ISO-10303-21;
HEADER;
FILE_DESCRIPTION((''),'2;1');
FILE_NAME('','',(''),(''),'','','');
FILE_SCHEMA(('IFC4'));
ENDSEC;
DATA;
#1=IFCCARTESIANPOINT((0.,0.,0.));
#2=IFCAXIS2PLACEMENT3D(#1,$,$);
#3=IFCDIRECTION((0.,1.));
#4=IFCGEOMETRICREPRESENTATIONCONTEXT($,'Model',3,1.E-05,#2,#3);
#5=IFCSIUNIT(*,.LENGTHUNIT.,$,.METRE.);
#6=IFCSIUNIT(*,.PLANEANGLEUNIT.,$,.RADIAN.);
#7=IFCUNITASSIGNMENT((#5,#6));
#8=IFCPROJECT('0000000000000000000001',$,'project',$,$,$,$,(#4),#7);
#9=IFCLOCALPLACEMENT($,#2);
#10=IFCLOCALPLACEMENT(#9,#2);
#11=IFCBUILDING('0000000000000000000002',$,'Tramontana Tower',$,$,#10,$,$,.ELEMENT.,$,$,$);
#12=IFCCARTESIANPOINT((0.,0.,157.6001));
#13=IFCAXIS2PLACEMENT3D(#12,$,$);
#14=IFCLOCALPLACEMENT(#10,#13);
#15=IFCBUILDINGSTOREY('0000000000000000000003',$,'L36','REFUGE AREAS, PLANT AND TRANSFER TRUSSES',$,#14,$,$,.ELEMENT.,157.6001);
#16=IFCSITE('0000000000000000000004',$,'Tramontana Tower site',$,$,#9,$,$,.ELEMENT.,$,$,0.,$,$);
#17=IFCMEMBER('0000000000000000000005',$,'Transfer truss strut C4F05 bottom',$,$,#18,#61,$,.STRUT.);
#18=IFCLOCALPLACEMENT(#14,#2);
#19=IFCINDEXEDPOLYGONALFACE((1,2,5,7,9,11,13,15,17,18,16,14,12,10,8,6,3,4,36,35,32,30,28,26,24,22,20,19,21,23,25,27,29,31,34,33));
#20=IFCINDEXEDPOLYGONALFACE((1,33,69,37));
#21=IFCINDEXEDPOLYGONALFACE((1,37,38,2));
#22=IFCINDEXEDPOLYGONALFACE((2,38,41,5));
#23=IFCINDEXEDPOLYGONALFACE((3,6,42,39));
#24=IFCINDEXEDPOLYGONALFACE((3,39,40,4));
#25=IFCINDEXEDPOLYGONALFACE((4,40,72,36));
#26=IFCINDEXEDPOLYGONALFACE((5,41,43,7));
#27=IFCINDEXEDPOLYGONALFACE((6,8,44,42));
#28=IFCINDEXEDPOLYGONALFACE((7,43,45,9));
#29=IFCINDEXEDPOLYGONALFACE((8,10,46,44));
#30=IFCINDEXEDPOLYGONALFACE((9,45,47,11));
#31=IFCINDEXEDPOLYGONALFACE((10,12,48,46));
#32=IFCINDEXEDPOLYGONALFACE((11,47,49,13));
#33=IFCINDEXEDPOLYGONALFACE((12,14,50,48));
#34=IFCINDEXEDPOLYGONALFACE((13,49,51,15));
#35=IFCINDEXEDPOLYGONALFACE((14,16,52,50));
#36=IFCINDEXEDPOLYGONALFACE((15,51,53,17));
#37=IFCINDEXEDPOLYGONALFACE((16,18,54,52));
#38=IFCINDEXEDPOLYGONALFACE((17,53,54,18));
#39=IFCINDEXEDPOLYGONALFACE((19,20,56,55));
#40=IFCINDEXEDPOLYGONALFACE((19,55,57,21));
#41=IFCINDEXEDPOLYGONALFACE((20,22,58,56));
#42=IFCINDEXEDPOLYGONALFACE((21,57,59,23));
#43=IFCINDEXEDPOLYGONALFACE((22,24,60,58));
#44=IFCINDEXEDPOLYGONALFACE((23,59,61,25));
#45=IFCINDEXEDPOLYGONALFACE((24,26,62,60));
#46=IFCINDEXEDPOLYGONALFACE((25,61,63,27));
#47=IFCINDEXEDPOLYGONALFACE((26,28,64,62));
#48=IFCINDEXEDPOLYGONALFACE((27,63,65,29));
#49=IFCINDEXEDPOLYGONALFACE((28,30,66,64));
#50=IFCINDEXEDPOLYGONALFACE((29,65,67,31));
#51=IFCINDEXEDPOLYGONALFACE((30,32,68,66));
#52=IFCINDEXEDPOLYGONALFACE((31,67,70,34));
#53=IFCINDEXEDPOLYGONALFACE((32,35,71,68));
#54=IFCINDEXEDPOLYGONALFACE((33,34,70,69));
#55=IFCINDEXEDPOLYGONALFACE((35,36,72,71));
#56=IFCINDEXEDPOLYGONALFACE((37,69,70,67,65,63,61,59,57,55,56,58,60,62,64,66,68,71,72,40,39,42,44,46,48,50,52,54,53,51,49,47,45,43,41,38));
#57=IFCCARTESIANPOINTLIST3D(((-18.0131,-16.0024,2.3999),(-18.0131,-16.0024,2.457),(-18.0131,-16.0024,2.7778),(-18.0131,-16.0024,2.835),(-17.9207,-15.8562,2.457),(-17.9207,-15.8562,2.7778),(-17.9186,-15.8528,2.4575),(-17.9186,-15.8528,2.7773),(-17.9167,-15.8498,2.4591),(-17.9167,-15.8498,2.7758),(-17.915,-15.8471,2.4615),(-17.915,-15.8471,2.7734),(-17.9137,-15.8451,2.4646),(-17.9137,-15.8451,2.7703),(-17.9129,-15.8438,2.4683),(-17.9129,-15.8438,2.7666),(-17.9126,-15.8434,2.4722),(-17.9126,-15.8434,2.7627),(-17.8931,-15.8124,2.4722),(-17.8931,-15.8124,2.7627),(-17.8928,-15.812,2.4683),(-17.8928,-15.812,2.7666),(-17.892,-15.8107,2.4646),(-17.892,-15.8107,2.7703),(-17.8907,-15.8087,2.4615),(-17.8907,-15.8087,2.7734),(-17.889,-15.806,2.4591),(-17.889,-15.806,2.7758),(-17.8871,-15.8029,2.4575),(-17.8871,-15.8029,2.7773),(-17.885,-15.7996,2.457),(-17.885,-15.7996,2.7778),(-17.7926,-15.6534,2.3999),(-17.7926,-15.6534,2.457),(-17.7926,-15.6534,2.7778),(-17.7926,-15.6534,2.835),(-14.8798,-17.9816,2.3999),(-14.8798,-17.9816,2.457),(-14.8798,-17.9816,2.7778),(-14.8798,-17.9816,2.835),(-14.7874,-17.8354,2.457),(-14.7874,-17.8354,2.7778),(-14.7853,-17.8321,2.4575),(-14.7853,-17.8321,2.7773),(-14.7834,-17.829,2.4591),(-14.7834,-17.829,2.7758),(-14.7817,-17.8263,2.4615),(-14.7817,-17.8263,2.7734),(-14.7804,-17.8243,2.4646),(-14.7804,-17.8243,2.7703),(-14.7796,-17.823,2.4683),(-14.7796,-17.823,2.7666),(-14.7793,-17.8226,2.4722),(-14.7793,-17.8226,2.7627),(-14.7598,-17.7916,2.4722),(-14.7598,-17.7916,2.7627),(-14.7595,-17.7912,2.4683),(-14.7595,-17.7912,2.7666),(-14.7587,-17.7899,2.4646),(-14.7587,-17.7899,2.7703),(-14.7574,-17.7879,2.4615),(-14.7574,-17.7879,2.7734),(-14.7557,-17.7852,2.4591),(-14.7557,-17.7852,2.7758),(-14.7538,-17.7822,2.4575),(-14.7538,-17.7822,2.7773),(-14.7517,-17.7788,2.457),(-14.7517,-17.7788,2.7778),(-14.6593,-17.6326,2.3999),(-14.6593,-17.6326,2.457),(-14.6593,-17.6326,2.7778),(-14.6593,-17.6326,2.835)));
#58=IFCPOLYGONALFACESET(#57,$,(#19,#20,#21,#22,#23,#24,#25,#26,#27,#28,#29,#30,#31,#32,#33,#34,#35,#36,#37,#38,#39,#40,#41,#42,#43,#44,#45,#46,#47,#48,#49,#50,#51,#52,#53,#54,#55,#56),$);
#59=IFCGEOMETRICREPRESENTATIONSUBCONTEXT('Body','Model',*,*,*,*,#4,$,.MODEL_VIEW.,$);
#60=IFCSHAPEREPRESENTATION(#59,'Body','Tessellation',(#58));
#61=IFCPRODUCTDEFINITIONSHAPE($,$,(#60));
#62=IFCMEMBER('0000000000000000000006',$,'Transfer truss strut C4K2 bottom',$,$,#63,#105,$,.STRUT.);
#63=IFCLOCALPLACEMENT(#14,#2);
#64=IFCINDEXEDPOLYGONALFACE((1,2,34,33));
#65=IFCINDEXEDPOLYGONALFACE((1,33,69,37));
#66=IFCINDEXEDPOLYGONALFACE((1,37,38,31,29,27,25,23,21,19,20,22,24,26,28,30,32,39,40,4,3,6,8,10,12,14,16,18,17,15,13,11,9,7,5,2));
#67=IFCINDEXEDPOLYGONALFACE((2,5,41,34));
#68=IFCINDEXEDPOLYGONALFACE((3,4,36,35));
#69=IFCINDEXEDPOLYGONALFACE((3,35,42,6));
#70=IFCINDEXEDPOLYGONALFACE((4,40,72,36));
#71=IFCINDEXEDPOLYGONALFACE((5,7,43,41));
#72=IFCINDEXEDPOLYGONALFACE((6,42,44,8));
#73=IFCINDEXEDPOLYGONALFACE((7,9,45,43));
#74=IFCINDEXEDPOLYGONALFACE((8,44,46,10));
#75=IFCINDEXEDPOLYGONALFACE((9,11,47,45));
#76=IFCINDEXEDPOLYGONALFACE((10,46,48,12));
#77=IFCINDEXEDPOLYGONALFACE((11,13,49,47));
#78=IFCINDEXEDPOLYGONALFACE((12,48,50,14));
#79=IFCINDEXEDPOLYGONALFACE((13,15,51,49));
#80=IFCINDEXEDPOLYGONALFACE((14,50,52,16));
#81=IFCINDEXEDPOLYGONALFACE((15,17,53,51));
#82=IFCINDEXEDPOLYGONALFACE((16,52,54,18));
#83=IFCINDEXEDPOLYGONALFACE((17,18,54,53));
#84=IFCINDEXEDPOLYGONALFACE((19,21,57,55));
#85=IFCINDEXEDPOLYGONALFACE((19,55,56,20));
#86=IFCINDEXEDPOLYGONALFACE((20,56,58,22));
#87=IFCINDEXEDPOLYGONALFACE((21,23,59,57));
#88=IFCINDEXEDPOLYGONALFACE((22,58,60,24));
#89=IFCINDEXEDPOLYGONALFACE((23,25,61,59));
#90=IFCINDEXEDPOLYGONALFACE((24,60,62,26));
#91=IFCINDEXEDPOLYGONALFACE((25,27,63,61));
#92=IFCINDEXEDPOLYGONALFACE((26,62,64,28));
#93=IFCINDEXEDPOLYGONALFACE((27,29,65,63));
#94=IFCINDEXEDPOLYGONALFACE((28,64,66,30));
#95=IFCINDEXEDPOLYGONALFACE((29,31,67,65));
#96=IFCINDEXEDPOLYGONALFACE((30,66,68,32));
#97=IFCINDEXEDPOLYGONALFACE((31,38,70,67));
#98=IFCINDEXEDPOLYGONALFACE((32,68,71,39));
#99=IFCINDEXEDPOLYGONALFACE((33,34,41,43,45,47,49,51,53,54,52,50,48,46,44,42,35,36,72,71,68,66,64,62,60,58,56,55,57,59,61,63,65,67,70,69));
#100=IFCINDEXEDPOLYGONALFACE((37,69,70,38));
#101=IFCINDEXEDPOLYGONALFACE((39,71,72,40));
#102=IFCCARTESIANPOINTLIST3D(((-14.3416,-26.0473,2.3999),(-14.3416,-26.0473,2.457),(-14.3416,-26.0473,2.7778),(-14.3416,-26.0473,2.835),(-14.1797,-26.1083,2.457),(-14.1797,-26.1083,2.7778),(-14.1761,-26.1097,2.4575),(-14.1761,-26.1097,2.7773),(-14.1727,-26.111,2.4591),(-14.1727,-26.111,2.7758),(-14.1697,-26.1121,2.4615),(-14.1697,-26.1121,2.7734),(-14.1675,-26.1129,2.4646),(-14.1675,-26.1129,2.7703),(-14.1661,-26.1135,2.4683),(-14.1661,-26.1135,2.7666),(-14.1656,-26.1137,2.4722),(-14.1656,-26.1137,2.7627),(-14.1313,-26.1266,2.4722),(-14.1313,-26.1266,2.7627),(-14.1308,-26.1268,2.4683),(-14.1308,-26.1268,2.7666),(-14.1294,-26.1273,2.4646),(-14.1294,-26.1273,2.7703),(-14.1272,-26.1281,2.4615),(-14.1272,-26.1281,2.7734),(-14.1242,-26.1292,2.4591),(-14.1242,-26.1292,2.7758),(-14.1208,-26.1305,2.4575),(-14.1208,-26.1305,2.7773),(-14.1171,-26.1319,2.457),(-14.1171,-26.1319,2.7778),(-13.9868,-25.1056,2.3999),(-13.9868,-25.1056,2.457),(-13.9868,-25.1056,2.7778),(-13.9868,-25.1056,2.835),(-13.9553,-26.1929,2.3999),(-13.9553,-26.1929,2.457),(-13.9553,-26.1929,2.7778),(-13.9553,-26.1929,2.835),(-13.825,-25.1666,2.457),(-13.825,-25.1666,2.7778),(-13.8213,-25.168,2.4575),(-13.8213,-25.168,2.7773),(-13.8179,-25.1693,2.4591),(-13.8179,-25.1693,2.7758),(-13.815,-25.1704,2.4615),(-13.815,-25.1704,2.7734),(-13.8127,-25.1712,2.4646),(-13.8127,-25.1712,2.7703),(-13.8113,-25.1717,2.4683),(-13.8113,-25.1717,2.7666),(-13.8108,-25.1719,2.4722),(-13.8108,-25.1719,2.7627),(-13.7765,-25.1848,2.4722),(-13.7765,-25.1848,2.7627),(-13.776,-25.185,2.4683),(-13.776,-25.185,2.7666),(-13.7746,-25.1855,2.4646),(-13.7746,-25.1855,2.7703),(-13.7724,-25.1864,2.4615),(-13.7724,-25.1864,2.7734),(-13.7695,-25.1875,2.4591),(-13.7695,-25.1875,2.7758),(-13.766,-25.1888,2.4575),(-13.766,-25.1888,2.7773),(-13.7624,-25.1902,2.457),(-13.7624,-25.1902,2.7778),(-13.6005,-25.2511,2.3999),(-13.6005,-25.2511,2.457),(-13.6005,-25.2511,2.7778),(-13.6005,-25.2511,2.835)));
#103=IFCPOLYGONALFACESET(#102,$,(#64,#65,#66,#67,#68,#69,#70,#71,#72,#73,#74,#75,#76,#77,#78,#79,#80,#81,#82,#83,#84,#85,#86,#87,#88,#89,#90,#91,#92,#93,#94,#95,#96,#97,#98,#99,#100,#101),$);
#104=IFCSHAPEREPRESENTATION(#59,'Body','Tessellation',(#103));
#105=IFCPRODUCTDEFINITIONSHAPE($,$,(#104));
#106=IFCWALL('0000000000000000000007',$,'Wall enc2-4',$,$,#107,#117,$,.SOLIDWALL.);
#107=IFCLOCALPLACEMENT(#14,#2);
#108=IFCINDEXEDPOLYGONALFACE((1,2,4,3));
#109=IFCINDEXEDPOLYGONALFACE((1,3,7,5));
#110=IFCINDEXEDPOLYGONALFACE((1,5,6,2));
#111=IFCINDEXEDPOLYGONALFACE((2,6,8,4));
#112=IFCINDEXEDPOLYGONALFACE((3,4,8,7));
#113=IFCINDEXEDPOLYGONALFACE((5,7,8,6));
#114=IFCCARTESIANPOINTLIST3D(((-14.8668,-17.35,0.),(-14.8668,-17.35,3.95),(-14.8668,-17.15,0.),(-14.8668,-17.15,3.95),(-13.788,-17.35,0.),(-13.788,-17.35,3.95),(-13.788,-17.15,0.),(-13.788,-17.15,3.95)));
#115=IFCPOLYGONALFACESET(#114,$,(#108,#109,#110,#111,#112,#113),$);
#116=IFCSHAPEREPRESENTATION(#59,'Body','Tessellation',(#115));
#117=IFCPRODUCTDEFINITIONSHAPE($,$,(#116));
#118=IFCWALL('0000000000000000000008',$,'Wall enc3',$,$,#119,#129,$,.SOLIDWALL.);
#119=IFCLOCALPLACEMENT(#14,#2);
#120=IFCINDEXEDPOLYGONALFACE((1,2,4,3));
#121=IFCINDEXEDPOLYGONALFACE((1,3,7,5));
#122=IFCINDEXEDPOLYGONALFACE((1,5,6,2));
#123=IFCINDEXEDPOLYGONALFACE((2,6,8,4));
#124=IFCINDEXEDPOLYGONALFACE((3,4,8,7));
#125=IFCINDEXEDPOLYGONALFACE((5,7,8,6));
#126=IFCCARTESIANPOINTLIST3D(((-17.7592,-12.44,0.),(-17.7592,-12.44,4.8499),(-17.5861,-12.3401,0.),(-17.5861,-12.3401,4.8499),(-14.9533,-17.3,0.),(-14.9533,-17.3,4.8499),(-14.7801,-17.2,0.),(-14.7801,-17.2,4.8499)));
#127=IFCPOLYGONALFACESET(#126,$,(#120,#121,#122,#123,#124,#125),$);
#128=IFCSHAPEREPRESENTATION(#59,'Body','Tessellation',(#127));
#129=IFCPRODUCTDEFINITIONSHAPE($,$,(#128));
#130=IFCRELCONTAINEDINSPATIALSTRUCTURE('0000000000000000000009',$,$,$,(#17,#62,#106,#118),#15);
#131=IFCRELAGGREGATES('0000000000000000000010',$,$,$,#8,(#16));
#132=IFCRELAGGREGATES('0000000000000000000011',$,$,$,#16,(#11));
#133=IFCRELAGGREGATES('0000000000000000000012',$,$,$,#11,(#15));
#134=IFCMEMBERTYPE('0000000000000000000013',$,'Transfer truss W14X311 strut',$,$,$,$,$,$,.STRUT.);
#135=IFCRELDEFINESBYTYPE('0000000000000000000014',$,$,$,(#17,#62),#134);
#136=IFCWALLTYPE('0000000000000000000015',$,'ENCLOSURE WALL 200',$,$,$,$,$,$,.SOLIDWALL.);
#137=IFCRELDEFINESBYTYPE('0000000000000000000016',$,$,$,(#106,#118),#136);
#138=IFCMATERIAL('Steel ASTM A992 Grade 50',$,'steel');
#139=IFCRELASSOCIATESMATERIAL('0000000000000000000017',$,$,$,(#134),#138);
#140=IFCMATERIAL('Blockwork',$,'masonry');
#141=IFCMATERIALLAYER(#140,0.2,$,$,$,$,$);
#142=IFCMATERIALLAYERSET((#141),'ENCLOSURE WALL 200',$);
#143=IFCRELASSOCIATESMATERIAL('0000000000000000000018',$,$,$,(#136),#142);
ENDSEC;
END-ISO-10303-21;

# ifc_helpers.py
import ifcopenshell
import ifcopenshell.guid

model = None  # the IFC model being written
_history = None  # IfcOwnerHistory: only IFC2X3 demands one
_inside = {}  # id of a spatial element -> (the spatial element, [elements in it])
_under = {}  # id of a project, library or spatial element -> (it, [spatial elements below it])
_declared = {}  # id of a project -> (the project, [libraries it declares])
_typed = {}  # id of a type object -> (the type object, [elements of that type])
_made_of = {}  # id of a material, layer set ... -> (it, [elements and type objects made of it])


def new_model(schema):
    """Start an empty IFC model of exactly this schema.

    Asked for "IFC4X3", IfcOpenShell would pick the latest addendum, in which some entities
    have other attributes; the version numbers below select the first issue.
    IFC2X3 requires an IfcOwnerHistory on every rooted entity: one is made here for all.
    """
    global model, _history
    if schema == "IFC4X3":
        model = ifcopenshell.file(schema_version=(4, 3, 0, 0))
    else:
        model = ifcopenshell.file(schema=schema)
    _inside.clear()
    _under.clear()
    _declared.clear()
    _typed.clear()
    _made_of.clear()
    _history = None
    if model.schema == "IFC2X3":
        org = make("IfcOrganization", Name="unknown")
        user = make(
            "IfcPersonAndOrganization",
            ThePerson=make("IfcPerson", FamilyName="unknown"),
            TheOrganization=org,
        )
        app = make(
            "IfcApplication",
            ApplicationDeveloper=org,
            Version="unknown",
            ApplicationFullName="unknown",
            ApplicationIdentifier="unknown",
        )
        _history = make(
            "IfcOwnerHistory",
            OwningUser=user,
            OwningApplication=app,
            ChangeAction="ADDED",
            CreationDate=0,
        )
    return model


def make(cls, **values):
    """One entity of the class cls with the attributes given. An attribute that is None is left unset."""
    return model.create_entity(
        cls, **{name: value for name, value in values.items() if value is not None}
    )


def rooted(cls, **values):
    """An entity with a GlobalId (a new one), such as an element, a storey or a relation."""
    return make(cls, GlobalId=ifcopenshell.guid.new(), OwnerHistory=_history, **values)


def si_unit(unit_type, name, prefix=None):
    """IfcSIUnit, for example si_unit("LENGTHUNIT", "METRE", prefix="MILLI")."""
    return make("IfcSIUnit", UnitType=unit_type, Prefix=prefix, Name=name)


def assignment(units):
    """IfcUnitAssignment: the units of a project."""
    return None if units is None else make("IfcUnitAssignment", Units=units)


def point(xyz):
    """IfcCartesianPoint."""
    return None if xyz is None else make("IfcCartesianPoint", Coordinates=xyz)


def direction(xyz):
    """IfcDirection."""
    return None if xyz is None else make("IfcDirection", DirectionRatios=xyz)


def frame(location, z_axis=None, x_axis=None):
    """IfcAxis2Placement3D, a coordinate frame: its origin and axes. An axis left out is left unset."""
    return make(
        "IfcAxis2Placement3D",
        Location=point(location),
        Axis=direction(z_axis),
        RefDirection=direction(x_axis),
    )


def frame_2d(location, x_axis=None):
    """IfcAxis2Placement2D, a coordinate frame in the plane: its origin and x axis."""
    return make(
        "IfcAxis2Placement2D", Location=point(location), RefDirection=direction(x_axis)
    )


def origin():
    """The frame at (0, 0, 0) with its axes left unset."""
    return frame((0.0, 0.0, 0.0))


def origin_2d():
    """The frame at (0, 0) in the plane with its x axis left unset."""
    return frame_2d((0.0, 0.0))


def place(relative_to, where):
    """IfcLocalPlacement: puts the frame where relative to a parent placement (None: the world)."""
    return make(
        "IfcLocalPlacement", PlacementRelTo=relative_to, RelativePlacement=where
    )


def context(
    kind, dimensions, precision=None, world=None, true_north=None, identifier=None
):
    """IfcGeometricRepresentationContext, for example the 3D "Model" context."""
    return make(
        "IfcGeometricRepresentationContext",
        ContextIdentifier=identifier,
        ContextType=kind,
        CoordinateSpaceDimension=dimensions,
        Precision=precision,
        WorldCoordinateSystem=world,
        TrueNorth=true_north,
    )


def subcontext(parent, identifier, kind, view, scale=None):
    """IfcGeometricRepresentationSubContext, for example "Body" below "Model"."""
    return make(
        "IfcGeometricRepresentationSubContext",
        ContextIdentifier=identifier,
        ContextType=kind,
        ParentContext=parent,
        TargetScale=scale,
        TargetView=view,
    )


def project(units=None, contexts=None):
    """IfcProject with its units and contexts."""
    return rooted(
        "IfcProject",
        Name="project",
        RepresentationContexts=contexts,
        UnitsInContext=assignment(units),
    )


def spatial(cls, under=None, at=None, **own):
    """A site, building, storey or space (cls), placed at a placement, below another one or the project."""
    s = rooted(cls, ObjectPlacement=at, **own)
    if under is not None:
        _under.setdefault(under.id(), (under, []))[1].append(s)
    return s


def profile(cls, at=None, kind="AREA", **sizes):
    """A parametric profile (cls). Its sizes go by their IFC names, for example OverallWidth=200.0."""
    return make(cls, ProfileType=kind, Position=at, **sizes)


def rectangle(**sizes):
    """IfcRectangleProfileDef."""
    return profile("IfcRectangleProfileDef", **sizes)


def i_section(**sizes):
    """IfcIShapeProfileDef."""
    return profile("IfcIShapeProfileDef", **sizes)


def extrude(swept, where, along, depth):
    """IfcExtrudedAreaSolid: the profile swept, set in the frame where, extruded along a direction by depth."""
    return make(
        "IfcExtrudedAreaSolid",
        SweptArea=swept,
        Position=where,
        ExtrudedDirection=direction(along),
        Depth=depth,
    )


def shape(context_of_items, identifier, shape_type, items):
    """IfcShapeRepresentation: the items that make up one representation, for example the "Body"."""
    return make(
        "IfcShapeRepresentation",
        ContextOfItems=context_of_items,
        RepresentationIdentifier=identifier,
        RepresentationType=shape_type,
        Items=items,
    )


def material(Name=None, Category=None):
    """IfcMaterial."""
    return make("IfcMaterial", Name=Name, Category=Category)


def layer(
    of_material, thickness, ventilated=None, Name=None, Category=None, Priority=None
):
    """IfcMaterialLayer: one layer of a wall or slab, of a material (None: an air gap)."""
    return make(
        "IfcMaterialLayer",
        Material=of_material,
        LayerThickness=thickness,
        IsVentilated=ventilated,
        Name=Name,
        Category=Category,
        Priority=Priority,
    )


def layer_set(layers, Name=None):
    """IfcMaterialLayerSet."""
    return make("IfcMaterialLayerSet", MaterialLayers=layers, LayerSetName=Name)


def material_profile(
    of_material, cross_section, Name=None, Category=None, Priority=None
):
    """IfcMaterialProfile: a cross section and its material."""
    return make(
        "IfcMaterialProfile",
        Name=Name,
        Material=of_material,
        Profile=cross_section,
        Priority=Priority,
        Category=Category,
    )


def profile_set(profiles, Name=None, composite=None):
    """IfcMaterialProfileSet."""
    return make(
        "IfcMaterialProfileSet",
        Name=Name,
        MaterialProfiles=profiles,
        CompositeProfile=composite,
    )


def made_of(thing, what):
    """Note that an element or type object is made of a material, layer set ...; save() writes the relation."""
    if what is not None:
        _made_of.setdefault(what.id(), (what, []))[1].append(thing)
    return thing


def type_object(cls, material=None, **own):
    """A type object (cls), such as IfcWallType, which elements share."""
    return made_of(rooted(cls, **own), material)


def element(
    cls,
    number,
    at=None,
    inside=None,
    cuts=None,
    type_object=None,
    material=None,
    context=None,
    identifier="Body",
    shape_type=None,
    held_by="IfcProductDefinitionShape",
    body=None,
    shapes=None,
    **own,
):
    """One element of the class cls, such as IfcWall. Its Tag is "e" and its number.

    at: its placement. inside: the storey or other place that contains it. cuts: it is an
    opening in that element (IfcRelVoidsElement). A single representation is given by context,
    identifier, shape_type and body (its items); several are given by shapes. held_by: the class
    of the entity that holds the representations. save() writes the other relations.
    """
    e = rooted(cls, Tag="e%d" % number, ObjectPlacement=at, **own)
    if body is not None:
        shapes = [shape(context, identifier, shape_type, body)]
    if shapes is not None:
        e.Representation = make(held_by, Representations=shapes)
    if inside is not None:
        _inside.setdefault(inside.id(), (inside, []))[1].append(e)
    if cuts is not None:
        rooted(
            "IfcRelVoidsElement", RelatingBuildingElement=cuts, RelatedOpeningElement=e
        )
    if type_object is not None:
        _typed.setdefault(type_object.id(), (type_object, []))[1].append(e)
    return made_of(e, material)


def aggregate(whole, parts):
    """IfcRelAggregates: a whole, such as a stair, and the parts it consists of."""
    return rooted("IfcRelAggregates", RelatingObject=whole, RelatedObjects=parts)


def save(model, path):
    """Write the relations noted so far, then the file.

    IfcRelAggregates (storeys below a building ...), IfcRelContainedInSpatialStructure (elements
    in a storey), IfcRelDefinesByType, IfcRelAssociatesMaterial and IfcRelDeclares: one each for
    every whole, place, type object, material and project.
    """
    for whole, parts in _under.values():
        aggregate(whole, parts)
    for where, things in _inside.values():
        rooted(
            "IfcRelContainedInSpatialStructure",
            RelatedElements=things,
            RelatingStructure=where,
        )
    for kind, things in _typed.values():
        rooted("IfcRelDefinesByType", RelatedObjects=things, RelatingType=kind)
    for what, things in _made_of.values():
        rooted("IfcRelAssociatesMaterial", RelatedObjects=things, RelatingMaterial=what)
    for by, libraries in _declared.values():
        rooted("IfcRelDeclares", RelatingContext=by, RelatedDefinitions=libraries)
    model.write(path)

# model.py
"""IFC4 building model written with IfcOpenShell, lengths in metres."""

from ifc_helpers import new_model, si_unit, direction, frame, frame_2d, origin, origin_2d, place, context, subcontext, project, spatial, rectangle, i_section, extrude, material, layer, layer_set, material_profile, profile_set, type_object, element, save


model = new_model("IFC4")

# Units and contexts
model_context = context("Model", 3, precision=1e-05, world=origin(), true_north=direction((0.0, 1.0)))
body_context = subcontext(model_context, "Body", "Model", "MODEL_VIEW")
ifc_project = project(units=[si_unit("LENGTHUNIT", "METRE"), si_unit("PLANEANGLEUNIT", "RADIAN")], contexts=[model_context])

# Site, building, storey
site_placement = place(None, origin())
site = spatial("IfcSite", under=ifc_project, at=site_placement, Name="Tramontana Tower site", CompositionType="ELEMENT", RefElevation=0.0)
building_placement = place(site_placement, origin())
building = spatial("IfcBuilding", under=site, at=building_placement, Name="Tramontana Tower", CompositionType="ELEMENT")
storey_placement = place(building_placement, frame((0.0, 0.0, 157.6001)))
storey = spatial("IfcBuildingStorey", under=building, at=storey_placement, Name="L36", Description="REFUGE AREAS, PLANT AND TRANSFER TRUSSES", CompositionType="ELEMENT", Elevation=157.6001)

# Members
ifc_material_1 = material(Name="Steel ASTM A992 Grade 50", Category="steel")
ifc_material_profile_1 = material_profile(ifc_material_1, i_section(OverallWidth=0.4128, OverallDepth=0.4351, WebThickness=0.0366, FlangeThickness=0.0571, FilletRadius=0.0151, at=origin_2d()), Name="W14X311")
ifc_profile_set_1 = profile_set([ifc_material_profile_1], Name="Steel ASTM A992 Grade 50")
member_type_1 = type_object("IfcMemberType", Name="Transfer truss W14X311 strut", PredefinedType="STRUT", material=ifc_profile_set_1)
member_1_placement = place(storey_placement, frame((-17.9028, -15.8279, 2.6174), z_axis=(0.84545, -0.534055, 0.0), x_axis=(0.534055, 0.84545, 0.0)))
element("IfcMember", 1, at=member_1_placement, inside=storey, type_object=member_type_1, Name="Transfer truss strut C4F05 bottom", PredefinedType="STRUT", context=body_context, shape_type="SweptSolid", body=[
    extrude(i_section(OverallWidth=0.4128, OverallDepth=0.4351, WebThickness=0.0366, FlangeThickness=0.0571, FilletRadius=0.0151, at=origin_2d()), origin(), (0.0, 0.0, 1.0), 3.7061),
])
member_2_placement = place(storey_placement, frame((-14.1484, -26.1201, 2.6174), z_axis=(0.352532, 0.9358, 0.0), x_axis=(-0.9358, 0.352532, 0.0)))
element("IfcMember", 2, at=member_2_placement, inside=storey, type_object=member_type_1, Name="Transfer truss strut C4K2 bottom", PredefinedType="STRUT", context=body_context, shape_type="SweptSolid", body=[
    extrude(i_section(OverallWidth=0.4128, OverallDepth=0.4351, WebThickness=0.0366, FlangeThickness=0.0571, FilletRadius=0.0151, at=origin_2d()), origin(), (0.0, 0.0, 1.0), 1.0063),
])

# Walls
ifc_material_2 = material(Name="Blockwork", Category="masonry")
ifc_layer_1 = layer(ifc_material_2, 0.2)
ifc_layer_set_1 = layer_set([ifc_layer_1], Name="ENCLOSURE WALL 200")
wall_type = type_object("IfcWallType", Name="ENCLOSURE WALL 200", PredefinedType="SOLIDWALL", material=ifc_layer_set_1)
wall_1_placement = place(storey_placement, frame((-13.7878, -17.25, 0.0), z_axis=(0.0, 0.0, 1.0), x_axis=(-1.0, 0.0, 0.0)))
element("IfcWall", 3, at=wall_1_placement, inside=storey, type_object=wall_type, Name="Wall enc2-4", PredefinedType="SOLIDWALL", context=body_context, shape_type="SweptSolid", body=[
    extrude(rectangle(XDim=1.0789, YDim=0.2, at=frame_2d((0.5396, 0.0))), origin(), (0.0, 0.0, 1.0), 3.95),
])
wall_2_placement = place(storey_placement, frame((-14.8667, -17.25, 0.0), z_axis=(0.0, 0.0, 1.0), x_axis=(-0.500009, 0.86602, 0.0)))
element("IfcWall", 4, at=wall_2_placement, inside=storey, type_object=wall_type, Name="Wall enc3", PredefinedType="SOLIDWALL", context=body_context, shape_type="SweptSolid", body=[
    extrude(rectangle(XDim=5.6118, YDim=0.2, at=frame_2d((2.8059, 0.0))), origin(), (0.0, 0.0, 1.0), 4.8499),
])

save(model, "model.ifc")
